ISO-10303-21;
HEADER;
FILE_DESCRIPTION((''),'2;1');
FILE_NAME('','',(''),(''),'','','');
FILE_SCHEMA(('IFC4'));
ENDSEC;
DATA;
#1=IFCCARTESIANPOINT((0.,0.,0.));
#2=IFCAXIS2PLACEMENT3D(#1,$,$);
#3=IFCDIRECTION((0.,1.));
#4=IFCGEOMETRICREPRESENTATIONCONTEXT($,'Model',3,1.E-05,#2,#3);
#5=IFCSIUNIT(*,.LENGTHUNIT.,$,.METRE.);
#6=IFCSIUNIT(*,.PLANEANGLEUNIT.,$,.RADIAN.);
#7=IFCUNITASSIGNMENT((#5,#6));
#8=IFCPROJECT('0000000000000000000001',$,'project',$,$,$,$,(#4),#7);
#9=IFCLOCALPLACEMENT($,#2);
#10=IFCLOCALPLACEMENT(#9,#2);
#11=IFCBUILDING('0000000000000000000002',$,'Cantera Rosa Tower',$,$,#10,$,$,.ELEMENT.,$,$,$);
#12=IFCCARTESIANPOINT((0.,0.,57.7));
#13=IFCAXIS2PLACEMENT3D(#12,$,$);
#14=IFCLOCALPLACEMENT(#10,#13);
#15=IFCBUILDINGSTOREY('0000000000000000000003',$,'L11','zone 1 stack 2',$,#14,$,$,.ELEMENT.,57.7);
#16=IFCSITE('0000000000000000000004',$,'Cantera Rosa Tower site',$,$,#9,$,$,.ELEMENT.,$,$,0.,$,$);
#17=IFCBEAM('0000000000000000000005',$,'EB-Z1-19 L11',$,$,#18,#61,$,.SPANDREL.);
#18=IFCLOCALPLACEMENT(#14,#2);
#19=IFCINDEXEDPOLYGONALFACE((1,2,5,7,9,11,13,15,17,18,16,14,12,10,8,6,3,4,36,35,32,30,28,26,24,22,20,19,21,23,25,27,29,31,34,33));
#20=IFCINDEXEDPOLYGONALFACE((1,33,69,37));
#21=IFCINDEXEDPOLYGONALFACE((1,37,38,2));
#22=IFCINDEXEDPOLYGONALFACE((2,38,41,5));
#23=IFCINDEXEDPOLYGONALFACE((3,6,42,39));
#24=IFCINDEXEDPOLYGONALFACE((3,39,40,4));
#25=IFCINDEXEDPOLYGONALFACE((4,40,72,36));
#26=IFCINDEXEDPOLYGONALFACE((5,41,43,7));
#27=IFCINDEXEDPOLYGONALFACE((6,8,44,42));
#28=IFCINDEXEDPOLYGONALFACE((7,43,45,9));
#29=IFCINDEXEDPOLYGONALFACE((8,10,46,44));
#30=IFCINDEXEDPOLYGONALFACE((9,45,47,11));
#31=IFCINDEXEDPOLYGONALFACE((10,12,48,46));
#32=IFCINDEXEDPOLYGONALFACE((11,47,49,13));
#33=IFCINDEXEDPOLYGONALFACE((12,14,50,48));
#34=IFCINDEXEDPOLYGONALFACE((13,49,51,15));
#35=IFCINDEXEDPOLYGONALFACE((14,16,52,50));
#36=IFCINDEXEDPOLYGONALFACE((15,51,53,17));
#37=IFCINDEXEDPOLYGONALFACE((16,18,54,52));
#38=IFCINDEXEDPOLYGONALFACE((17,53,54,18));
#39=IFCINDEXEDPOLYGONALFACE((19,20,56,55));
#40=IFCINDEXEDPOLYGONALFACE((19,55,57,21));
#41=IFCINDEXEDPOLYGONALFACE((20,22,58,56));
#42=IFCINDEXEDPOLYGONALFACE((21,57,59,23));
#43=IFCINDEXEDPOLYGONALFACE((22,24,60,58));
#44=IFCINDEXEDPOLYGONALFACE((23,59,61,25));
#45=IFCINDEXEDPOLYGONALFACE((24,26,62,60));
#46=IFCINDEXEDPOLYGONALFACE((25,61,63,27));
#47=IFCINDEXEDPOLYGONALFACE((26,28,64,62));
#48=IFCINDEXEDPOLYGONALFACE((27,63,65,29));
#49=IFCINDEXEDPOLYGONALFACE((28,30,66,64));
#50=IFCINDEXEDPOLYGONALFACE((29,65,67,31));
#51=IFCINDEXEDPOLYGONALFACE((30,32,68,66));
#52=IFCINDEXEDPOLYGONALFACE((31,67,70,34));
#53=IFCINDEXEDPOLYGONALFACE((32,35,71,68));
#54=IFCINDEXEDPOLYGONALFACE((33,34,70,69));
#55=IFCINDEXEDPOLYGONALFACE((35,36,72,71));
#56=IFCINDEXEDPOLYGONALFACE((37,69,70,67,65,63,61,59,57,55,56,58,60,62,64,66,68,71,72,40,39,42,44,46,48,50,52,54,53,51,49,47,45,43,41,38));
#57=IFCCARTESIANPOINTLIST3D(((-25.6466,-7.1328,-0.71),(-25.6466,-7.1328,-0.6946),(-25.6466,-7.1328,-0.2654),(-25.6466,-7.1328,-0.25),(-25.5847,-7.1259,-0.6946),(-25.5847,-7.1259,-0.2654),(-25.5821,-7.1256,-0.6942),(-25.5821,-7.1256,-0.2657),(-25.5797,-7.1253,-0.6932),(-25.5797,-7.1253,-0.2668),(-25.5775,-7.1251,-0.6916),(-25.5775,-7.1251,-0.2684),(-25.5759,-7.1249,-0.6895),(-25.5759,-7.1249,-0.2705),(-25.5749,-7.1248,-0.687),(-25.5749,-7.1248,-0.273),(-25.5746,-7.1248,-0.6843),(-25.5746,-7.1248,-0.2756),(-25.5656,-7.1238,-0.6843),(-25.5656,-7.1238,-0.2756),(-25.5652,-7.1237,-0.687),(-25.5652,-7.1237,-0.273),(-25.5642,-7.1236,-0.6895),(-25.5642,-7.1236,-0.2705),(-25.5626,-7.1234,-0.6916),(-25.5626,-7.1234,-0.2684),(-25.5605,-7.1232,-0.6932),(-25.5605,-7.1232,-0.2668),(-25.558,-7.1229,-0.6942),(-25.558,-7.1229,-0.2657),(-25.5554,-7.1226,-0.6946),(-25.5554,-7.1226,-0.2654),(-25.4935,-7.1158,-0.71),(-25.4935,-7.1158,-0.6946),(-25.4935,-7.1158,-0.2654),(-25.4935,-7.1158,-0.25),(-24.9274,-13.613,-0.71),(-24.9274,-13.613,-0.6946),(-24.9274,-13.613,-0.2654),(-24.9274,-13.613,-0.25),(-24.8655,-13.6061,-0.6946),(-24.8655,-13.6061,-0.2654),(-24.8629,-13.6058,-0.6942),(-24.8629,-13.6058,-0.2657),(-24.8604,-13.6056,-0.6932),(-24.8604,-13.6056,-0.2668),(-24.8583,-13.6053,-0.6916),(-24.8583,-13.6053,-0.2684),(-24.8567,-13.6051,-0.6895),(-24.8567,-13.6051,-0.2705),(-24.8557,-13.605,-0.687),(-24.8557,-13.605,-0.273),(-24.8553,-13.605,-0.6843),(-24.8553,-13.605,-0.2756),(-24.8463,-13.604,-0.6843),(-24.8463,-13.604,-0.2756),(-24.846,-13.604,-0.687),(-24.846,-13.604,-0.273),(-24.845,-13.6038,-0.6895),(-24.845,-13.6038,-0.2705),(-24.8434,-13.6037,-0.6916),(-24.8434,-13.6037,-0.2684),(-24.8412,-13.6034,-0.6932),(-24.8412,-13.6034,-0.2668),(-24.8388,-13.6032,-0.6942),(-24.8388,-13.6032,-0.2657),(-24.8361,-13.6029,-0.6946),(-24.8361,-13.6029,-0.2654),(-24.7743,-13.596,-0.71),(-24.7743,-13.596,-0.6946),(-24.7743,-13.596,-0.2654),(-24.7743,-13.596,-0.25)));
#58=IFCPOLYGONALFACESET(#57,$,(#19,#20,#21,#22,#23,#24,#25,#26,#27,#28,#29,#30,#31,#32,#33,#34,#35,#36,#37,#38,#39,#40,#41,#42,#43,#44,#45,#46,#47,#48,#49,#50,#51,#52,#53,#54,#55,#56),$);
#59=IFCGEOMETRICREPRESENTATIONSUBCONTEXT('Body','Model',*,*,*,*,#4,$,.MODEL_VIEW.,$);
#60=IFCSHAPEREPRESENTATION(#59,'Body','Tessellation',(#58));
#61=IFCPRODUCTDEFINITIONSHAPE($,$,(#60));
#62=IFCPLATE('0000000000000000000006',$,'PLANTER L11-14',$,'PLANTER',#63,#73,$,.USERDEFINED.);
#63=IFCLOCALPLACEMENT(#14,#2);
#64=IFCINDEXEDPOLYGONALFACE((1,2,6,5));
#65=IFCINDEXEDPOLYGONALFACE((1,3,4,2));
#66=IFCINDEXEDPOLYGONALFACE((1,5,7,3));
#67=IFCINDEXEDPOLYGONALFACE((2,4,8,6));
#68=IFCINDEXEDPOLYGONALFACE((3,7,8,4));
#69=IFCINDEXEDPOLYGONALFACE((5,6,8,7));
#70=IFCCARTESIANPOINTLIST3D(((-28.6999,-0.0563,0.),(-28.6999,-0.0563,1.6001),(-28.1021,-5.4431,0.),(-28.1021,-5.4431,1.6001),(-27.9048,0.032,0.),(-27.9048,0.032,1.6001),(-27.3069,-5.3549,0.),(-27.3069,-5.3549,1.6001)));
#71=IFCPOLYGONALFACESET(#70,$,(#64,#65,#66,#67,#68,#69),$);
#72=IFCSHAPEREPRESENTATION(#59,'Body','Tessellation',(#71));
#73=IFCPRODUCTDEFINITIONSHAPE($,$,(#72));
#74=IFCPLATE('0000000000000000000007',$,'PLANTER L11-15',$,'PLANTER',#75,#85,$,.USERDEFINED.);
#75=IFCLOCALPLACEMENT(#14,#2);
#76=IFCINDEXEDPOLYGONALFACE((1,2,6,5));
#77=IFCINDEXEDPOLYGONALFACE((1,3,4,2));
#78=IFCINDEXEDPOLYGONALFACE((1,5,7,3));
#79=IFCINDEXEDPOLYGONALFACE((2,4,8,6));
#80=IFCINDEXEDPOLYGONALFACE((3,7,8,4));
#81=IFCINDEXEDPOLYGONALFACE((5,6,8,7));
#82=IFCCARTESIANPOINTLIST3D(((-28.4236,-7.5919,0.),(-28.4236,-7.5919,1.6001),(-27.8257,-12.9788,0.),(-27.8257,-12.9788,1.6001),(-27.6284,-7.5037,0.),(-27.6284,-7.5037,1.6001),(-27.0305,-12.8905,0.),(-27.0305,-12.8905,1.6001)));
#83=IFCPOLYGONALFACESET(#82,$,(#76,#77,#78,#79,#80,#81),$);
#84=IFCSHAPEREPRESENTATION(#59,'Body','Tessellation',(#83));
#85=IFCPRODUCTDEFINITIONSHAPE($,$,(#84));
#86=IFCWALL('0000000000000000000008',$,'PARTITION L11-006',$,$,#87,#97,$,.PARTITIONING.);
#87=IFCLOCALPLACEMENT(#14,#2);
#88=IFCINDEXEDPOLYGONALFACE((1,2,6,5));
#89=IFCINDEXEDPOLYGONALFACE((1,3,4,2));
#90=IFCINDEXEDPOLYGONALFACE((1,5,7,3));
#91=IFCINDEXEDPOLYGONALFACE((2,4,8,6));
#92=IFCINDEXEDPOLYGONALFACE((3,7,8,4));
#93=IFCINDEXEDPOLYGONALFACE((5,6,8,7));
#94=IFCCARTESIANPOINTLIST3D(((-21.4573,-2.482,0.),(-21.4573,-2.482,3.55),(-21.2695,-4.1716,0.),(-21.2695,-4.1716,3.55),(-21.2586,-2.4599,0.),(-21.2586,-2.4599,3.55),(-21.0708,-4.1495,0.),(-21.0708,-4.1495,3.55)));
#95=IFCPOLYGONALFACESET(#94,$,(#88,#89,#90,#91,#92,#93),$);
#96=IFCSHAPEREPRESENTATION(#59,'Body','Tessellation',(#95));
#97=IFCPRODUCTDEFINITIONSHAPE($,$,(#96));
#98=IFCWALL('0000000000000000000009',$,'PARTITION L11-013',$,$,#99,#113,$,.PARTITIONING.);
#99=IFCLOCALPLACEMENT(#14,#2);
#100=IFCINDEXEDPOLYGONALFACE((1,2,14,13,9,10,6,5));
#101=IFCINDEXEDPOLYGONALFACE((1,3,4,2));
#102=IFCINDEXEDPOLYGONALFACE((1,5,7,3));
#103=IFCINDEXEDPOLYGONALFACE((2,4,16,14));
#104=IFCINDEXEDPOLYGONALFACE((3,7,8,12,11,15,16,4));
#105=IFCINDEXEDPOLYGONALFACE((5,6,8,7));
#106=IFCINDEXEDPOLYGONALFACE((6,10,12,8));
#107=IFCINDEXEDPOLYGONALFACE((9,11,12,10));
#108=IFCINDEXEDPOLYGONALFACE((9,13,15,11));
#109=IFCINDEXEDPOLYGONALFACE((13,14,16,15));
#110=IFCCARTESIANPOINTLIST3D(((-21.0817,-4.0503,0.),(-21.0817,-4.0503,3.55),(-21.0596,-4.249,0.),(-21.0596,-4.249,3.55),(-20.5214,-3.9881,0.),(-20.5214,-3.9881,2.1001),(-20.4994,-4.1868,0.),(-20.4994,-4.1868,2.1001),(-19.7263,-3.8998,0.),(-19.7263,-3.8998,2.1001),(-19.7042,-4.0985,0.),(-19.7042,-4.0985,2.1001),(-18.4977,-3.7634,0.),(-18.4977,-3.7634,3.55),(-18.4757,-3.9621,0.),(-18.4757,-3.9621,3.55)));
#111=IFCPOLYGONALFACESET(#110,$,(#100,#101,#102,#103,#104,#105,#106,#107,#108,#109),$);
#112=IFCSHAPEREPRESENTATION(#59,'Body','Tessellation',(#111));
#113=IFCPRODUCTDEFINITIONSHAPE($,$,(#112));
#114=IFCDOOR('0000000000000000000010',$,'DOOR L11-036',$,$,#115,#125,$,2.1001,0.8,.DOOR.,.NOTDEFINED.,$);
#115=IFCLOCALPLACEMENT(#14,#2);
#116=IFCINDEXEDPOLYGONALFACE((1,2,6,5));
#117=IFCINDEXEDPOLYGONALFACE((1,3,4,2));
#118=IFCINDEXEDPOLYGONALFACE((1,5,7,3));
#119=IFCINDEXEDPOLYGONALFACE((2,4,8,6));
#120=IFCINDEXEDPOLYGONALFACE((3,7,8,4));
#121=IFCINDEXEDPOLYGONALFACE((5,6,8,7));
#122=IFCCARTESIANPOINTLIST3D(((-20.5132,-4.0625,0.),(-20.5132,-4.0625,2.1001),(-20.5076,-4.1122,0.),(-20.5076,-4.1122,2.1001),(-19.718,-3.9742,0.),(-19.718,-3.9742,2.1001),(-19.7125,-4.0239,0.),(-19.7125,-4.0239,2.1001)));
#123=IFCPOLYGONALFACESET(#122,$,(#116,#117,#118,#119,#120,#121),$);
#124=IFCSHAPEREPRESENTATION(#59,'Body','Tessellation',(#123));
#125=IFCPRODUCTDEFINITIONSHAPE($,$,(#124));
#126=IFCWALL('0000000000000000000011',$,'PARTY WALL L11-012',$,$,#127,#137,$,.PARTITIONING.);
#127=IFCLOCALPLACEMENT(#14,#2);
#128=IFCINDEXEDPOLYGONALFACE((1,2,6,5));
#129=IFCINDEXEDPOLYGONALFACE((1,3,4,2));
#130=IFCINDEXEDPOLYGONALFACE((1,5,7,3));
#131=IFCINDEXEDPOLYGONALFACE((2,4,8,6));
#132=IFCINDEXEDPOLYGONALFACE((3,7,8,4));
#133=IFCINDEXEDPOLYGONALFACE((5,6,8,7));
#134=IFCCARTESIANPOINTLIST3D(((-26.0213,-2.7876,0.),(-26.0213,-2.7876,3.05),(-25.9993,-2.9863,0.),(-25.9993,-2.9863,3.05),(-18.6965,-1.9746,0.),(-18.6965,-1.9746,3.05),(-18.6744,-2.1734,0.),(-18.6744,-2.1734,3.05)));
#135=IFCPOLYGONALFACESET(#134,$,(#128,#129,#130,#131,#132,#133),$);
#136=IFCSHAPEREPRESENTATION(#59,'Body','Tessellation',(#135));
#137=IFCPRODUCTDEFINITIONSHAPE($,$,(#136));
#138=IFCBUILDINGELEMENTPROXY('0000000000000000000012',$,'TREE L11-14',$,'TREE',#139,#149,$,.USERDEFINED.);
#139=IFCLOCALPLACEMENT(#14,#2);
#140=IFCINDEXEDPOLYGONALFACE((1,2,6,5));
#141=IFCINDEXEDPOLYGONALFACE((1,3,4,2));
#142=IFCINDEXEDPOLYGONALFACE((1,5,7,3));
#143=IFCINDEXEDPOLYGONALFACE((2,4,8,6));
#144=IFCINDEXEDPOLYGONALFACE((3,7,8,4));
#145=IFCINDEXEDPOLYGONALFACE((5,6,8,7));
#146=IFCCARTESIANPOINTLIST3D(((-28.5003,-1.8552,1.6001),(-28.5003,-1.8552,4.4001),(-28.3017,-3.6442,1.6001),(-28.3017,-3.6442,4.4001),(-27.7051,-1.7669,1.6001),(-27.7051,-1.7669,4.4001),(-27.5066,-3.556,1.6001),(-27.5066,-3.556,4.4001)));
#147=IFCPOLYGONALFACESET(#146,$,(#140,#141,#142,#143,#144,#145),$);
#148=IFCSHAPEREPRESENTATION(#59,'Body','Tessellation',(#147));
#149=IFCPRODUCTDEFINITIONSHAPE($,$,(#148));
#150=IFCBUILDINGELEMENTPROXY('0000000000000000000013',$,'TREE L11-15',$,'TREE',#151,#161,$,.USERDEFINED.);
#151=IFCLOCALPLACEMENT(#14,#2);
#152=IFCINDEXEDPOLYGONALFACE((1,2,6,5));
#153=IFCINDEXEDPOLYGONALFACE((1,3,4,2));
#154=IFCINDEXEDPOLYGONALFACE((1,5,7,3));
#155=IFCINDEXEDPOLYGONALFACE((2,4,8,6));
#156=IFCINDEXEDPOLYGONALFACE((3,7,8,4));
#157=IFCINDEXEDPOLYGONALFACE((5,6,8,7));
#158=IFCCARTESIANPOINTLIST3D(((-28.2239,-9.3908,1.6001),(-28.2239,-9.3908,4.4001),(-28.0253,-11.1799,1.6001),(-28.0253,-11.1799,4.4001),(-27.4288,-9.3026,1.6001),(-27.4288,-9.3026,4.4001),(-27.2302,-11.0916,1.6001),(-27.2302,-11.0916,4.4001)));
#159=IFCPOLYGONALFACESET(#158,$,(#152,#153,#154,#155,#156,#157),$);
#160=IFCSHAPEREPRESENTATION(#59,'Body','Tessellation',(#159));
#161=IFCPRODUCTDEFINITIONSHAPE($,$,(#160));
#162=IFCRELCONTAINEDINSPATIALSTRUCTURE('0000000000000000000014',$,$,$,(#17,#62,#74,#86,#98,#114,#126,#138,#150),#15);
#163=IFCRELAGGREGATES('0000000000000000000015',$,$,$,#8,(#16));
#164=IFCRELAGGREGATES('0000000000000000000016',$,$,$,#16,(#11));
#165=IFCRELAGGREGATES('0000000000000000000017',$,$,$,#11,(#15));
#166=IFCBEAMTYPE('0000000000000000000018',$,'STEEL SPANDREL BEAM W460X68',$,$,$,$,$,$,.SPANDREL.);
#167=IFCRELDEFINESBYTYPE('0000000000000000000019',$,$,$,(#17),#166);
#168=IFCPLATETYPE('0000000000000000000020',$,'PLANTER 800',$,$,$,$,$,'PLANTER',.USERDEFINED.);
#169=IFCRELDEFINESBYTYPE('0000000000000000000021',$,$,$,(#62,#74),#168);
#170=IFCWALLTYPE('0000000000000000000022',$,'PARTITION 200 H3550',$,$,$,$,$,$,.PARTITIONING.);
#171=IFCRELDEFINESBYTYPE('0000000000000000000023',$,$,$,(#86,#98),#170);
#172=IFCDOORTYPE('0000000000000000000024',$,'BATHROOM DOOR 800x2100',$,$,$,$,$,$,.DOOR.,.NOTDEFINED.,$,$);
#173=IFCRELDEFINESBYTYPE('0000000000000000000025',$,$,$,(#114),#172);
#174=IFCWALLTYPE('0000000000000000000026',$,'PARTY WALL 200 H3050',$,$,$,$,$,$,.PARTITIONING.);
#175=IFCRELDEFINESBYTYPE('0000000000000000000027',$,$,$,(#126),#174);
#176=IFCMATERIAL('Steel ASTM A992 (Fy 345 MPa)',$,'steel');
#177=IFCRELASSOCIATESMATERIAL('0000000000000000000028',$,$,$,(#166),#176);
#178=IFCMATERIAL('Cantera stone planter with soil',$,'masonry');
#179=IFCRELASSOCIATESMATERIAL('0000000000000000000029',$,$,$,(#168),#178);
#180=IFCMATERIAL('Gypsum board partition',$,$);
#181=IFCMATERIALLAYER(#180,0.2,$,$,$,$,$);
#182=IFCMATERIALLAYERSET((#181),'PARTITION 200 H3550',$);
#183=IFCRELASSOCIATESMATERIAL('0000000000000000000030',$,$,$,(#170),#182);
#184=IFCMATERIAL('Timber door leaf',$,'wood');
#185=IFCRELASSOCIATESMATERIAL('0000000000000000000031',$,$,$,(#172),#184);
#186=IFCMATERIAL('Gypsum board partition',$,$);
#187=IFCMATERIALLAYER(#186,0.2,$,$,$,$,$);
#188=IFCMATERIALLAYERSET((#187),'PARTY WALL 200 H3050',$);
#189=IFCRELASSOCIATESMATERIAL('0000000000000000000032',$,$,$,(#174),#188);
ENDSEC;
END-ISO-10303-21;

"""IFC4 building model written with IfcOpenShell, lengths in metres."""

from ifc_helpers import new_model, si_unit, direction, frame, frame_2d, origin, origin_2d, place, context, subcontext, project, spatial, rectangle, i_section, extrude, material, layer, layer_set, material_profile, profile_set, type_object, element, fill, save


model = new_model("IFC4")

# Units and contexts
model_context = context("Model", 3, precision=1e-05, world=origin(), true_north=direction((0.0, 1.0)))
body_context = subcontext(model_context, "Body", "Model", "MODEL_VIEW")
ifc_project = project(units=[si_unit("LENGTHUNIT", "METRE"), si_unit("PLANEANGLEUNIT", "RADIAN")], contexts=[model_context])

# Site, building, storey
site_placement = place(None, origin())
site = spatial("IfcSite", under=ifc_project, at=site_placement, Name="Cantera Rosa Tower site", CompositionType="ELEMENT", RefElevation=0.0)
building_placement = place(site_placement, origin())
building = spatial("IfcBuilding", under=site, at=building_placement, Name="Cantera Rosa Tower", CompositionType="ELEMENT")
storey_placement = place(building_placement, frame((0.0, 0.0, 57.7)))
storey = spatial("IfcBuildingStorey", under=building, at=storey_placement, Name="L11", Description="zone 1 stack 2", CompositionType="ELEMENT", Elevation=57.7)

# Beam
ifc_material_1 = material(Name="Steel ASTM A992 (Fy 345 MPa)", Category="steel")
ifc_material_profile_1 = material_profile(ifc_material_1, i_section(OverallWidth=0.1541, OverallDepth=0.46, WebThickness=0.009, FlangeThickness=0.0154, FilletRadius=0.0103, at=origin_2d()), Name="W460X68")
ifc_profile_set_1 = profile_set([ifc_material_profile_1], Name="Steel ASTM A992 (Fy 345 MPa)")
beam_type_1 = type_object("IfcBeamType", Name="STEEL SPANDREL BEAM W460X68", PredefinedType="SPANDREL", material=ifc_profile_set_1)
beam_1_placement = place(storey_placement, frame((-25.5701, -7.1243, -0.48), z_axis=(0.110312, -0.993897, 0.0), x_axis=(0.993897, 0.110312, 0.0)))
element("IfcBeam", 1, at=beam_1_placement, inside=storey, type_object=beam_type_1, Name="EB-Z1-19 L11", PredefinedType="SPANDREL", context=body_context, shape_type="SweptSolid", body=[
    extrude(i_section(OverallWidth=0.1541, OverallDepth=0.46, WebThickness=0.009, FlangeThickness=0.0154, FilletRadius=0.0103, at=origin_2d()), origin(), (0.0, 0.0, 1.0), 6.52),
])

# Plates
ifc_material_2 = material(Name="Cantera stone planter with soil", Category="masonry")
plate_type = type_object("IfcPlateType", Name="PLANTER 800", ElementType="PLANTER", PredefinedType="USERDEFINED", material=ifc_material_2)
for number, where, z_axis, x_axis, name in (
    (2, (-28.0034, -2.7056, 0.0), (0.0, 0.0, 1.0), (0.110313, -0.993897, 0.0), "PLANTER L11-14"),
    (3, (-27.7271, -10.2412, 0.0), (0.0, 0.0, 1.0), (0.110313, -0.993897, 0.0), "PLANTER L11-15"),
):
    element("IfcPlate", number, at=place(storey_placement, frame(where, z_axis=z_axis, x_axis=x_axis)), inside=storey, type_object=plate_type, Name=name, ObjectType="PLANTER", PredefinedType="USERDEFINED", context=body_context, shape_type="SweptSolid", body=[
        extrude(rectangle(XDim=5.4199, YDim=0.8, at=origin_2d()), origin(), (0.0, 0.0, 1.0), 1.6001),
    ])

# Wall
ifc_material_3 = material(Name="Gypsum board partition")
ifc_layer_1 = layer(ifc_material_3, 0.2)
ifc_layer_set_1 = layer_set([ifc_layer_1], Name="PARTITION 200 H3550")
wall_type_1 = type_object("IfcWallType", Name="PARTITION 200 H3550", PredefinedType="PARTITIONING", material=ifc_layer_set_1)
wall_1_placement = place(storey_placement, frame((-21.1702, -4.1606, 0.0), z_axis=(0.0, 0.0, 1.0), x_axis=(-0.110447, 0.993882, 0.0)))
element("IfcWall", 4, at=wall_1_placement, inside=storey, type_object=wall_type_1, Name="PARTITION L11-006", PredefinedType="PARTITIONING", context=body_context, shape_type="SweptSolid", body=[
    extrude(rectangle(XDim=1.7, YDim=0.2, at=frame_2d((0.8501, 0.0))), origin(), (0.0, 0.0, 1.0), 3.55),
])

# Wall, opening, door
wall_2_placement = place(storey_placement, frame((-18.4868, -3.8628, 0.0), z_axis=(0.0, 0.0, 1.0), x_axis=(-0.993894, -0.110339, 0.0)))
wall_2 = element("IfcWall", 5, at=wall_2_placement, inside=storey, type_object=wall_type_1, Name="PARTITION L11-013", PredefinedType="PARTITIONING", context=body_context, shape_type="SweptSolid", body=[
    extrude(rectangle(XDim=2.5999, YDim=0.2, at=frame_2d((1.2998, 0.0))), origin(), (0.0, 0.0, 1.0), 3.55),
])
opening_1_placement = place(wall_2_placement, frame((1.2361, 0.0, 0.0)))
opening_1 = element("IfcOpeningElement", 6, at=opening_1_placement, cuts=wall_2, PredefinedType="OPENING", context=body_context, shape_type="SweptSolid", body=[
    extrude(rectangle(XDim=0.8, YDim=2.1001, at=frame_2d((0.3999, 1.05))), frame((0.0, 0.1099, 0.0), z_axis=(0.0, -1.0, 0.0), x_axis=(1.0, 0.0, 0.0)), (0.0, 0.0, 1.0), 0.22),
])
ifc_material_4 = material(Name="Timber door leaf", Category="wood")
door_type_1 = type_object("IfcDoorType", Name="BATHROOM DOOR 800x2100", OperationType="NOTDEFINED", PredefinedType="DOOR", material=ifc_material_4)
door_1_placement = place(opening_1_placement, origin())
door_1 = element("IfcDoor", 7, at=door_1_placement, inside=storey, type_object=door_type_1, Name="DOOR L11-036", OperationType="NOTDEFINED", OverallHeight=2.1001, OverallWidth=0.8, PredefinedType="DOOR", context=body_context, shape_type="SweptSolid", body=[
    extrude(rectangle(XDim=0.8, YDim=2.1001, at=frame_2d((0.3999, 1.05))), frame((0.0, 0.0249, 0.0), z_axis=(0.0, -1.0, 0.0), x_axis=(1.0, 0.0, 0.0)), (0.0, 0.0, 1.0), 0.05),
])
fill(opening_1, door_1)

# Wall
ifc_material_5 = material(Name="Gypsum board partition")
ifc_layer_2 = layer(ifc_material_5, 0.2)
ifc_layer_set_2 = layer_set([ifc_layer_2], Name="PARTY WALL 200 H3050")
wall_type_2 = type_object("IfcWallType", Name="PARTY WALL 200 H3050", PredefinedType="PARTITIONING", material=ifc_layer_set_2)
wall_3_placement = place(storey_placement, frame((-18.6853, -2.074, 0.0), z_axis=(0.0, 0.0, 1.0), x_axis=(-0.993897, -0.110312, 0.0)))
element("IfcWall", 8, at=wall_3_placement, inside=storey, type_object=wall_type_2, Name="PARTY WALL L11-012", PredefinedType="PARTITIONING", context=body_context, shape_type="SweptSolid", body=[
    extrude(rectangle(XDim=7.3699, YDim=0.2, at=frame_2d((3.6851, 0.0))), origin(), (0.0, 0.0, 1.0), 3.05),
])

# Building element proxies
for number, where, z_axis, x_axis, name in (
    (9, (-28.0034, -2.7056, 1.6001), (0.0, 0.0, 1.0), (0.110313, -0.993897, 0.0), "TREE L11-14"),
    (10, (-27.7271, -10.2412, 1.6001), (0.0, 0.0, 1.0), (0.110313, -0.993897, 0.0), "TREE L11-15"),
):
    element("IfcBuildingElementProxy", number, at=place(storey_placement, frame(where, z_axis=z_axis, x_axis=x_axis)), inside=storey, Name=name, ObjectType="TREE", PredefinedType="USERDEFINED", context=body_context, shape_type="SweptSolid", body=[
        extrude(rectangle(XDim=1.8, YDim=0.8, at=origin_2d()), origin(), (0.0, 0.0, 1.0), 2.8),
    ])

save(model, "model.ifc")
